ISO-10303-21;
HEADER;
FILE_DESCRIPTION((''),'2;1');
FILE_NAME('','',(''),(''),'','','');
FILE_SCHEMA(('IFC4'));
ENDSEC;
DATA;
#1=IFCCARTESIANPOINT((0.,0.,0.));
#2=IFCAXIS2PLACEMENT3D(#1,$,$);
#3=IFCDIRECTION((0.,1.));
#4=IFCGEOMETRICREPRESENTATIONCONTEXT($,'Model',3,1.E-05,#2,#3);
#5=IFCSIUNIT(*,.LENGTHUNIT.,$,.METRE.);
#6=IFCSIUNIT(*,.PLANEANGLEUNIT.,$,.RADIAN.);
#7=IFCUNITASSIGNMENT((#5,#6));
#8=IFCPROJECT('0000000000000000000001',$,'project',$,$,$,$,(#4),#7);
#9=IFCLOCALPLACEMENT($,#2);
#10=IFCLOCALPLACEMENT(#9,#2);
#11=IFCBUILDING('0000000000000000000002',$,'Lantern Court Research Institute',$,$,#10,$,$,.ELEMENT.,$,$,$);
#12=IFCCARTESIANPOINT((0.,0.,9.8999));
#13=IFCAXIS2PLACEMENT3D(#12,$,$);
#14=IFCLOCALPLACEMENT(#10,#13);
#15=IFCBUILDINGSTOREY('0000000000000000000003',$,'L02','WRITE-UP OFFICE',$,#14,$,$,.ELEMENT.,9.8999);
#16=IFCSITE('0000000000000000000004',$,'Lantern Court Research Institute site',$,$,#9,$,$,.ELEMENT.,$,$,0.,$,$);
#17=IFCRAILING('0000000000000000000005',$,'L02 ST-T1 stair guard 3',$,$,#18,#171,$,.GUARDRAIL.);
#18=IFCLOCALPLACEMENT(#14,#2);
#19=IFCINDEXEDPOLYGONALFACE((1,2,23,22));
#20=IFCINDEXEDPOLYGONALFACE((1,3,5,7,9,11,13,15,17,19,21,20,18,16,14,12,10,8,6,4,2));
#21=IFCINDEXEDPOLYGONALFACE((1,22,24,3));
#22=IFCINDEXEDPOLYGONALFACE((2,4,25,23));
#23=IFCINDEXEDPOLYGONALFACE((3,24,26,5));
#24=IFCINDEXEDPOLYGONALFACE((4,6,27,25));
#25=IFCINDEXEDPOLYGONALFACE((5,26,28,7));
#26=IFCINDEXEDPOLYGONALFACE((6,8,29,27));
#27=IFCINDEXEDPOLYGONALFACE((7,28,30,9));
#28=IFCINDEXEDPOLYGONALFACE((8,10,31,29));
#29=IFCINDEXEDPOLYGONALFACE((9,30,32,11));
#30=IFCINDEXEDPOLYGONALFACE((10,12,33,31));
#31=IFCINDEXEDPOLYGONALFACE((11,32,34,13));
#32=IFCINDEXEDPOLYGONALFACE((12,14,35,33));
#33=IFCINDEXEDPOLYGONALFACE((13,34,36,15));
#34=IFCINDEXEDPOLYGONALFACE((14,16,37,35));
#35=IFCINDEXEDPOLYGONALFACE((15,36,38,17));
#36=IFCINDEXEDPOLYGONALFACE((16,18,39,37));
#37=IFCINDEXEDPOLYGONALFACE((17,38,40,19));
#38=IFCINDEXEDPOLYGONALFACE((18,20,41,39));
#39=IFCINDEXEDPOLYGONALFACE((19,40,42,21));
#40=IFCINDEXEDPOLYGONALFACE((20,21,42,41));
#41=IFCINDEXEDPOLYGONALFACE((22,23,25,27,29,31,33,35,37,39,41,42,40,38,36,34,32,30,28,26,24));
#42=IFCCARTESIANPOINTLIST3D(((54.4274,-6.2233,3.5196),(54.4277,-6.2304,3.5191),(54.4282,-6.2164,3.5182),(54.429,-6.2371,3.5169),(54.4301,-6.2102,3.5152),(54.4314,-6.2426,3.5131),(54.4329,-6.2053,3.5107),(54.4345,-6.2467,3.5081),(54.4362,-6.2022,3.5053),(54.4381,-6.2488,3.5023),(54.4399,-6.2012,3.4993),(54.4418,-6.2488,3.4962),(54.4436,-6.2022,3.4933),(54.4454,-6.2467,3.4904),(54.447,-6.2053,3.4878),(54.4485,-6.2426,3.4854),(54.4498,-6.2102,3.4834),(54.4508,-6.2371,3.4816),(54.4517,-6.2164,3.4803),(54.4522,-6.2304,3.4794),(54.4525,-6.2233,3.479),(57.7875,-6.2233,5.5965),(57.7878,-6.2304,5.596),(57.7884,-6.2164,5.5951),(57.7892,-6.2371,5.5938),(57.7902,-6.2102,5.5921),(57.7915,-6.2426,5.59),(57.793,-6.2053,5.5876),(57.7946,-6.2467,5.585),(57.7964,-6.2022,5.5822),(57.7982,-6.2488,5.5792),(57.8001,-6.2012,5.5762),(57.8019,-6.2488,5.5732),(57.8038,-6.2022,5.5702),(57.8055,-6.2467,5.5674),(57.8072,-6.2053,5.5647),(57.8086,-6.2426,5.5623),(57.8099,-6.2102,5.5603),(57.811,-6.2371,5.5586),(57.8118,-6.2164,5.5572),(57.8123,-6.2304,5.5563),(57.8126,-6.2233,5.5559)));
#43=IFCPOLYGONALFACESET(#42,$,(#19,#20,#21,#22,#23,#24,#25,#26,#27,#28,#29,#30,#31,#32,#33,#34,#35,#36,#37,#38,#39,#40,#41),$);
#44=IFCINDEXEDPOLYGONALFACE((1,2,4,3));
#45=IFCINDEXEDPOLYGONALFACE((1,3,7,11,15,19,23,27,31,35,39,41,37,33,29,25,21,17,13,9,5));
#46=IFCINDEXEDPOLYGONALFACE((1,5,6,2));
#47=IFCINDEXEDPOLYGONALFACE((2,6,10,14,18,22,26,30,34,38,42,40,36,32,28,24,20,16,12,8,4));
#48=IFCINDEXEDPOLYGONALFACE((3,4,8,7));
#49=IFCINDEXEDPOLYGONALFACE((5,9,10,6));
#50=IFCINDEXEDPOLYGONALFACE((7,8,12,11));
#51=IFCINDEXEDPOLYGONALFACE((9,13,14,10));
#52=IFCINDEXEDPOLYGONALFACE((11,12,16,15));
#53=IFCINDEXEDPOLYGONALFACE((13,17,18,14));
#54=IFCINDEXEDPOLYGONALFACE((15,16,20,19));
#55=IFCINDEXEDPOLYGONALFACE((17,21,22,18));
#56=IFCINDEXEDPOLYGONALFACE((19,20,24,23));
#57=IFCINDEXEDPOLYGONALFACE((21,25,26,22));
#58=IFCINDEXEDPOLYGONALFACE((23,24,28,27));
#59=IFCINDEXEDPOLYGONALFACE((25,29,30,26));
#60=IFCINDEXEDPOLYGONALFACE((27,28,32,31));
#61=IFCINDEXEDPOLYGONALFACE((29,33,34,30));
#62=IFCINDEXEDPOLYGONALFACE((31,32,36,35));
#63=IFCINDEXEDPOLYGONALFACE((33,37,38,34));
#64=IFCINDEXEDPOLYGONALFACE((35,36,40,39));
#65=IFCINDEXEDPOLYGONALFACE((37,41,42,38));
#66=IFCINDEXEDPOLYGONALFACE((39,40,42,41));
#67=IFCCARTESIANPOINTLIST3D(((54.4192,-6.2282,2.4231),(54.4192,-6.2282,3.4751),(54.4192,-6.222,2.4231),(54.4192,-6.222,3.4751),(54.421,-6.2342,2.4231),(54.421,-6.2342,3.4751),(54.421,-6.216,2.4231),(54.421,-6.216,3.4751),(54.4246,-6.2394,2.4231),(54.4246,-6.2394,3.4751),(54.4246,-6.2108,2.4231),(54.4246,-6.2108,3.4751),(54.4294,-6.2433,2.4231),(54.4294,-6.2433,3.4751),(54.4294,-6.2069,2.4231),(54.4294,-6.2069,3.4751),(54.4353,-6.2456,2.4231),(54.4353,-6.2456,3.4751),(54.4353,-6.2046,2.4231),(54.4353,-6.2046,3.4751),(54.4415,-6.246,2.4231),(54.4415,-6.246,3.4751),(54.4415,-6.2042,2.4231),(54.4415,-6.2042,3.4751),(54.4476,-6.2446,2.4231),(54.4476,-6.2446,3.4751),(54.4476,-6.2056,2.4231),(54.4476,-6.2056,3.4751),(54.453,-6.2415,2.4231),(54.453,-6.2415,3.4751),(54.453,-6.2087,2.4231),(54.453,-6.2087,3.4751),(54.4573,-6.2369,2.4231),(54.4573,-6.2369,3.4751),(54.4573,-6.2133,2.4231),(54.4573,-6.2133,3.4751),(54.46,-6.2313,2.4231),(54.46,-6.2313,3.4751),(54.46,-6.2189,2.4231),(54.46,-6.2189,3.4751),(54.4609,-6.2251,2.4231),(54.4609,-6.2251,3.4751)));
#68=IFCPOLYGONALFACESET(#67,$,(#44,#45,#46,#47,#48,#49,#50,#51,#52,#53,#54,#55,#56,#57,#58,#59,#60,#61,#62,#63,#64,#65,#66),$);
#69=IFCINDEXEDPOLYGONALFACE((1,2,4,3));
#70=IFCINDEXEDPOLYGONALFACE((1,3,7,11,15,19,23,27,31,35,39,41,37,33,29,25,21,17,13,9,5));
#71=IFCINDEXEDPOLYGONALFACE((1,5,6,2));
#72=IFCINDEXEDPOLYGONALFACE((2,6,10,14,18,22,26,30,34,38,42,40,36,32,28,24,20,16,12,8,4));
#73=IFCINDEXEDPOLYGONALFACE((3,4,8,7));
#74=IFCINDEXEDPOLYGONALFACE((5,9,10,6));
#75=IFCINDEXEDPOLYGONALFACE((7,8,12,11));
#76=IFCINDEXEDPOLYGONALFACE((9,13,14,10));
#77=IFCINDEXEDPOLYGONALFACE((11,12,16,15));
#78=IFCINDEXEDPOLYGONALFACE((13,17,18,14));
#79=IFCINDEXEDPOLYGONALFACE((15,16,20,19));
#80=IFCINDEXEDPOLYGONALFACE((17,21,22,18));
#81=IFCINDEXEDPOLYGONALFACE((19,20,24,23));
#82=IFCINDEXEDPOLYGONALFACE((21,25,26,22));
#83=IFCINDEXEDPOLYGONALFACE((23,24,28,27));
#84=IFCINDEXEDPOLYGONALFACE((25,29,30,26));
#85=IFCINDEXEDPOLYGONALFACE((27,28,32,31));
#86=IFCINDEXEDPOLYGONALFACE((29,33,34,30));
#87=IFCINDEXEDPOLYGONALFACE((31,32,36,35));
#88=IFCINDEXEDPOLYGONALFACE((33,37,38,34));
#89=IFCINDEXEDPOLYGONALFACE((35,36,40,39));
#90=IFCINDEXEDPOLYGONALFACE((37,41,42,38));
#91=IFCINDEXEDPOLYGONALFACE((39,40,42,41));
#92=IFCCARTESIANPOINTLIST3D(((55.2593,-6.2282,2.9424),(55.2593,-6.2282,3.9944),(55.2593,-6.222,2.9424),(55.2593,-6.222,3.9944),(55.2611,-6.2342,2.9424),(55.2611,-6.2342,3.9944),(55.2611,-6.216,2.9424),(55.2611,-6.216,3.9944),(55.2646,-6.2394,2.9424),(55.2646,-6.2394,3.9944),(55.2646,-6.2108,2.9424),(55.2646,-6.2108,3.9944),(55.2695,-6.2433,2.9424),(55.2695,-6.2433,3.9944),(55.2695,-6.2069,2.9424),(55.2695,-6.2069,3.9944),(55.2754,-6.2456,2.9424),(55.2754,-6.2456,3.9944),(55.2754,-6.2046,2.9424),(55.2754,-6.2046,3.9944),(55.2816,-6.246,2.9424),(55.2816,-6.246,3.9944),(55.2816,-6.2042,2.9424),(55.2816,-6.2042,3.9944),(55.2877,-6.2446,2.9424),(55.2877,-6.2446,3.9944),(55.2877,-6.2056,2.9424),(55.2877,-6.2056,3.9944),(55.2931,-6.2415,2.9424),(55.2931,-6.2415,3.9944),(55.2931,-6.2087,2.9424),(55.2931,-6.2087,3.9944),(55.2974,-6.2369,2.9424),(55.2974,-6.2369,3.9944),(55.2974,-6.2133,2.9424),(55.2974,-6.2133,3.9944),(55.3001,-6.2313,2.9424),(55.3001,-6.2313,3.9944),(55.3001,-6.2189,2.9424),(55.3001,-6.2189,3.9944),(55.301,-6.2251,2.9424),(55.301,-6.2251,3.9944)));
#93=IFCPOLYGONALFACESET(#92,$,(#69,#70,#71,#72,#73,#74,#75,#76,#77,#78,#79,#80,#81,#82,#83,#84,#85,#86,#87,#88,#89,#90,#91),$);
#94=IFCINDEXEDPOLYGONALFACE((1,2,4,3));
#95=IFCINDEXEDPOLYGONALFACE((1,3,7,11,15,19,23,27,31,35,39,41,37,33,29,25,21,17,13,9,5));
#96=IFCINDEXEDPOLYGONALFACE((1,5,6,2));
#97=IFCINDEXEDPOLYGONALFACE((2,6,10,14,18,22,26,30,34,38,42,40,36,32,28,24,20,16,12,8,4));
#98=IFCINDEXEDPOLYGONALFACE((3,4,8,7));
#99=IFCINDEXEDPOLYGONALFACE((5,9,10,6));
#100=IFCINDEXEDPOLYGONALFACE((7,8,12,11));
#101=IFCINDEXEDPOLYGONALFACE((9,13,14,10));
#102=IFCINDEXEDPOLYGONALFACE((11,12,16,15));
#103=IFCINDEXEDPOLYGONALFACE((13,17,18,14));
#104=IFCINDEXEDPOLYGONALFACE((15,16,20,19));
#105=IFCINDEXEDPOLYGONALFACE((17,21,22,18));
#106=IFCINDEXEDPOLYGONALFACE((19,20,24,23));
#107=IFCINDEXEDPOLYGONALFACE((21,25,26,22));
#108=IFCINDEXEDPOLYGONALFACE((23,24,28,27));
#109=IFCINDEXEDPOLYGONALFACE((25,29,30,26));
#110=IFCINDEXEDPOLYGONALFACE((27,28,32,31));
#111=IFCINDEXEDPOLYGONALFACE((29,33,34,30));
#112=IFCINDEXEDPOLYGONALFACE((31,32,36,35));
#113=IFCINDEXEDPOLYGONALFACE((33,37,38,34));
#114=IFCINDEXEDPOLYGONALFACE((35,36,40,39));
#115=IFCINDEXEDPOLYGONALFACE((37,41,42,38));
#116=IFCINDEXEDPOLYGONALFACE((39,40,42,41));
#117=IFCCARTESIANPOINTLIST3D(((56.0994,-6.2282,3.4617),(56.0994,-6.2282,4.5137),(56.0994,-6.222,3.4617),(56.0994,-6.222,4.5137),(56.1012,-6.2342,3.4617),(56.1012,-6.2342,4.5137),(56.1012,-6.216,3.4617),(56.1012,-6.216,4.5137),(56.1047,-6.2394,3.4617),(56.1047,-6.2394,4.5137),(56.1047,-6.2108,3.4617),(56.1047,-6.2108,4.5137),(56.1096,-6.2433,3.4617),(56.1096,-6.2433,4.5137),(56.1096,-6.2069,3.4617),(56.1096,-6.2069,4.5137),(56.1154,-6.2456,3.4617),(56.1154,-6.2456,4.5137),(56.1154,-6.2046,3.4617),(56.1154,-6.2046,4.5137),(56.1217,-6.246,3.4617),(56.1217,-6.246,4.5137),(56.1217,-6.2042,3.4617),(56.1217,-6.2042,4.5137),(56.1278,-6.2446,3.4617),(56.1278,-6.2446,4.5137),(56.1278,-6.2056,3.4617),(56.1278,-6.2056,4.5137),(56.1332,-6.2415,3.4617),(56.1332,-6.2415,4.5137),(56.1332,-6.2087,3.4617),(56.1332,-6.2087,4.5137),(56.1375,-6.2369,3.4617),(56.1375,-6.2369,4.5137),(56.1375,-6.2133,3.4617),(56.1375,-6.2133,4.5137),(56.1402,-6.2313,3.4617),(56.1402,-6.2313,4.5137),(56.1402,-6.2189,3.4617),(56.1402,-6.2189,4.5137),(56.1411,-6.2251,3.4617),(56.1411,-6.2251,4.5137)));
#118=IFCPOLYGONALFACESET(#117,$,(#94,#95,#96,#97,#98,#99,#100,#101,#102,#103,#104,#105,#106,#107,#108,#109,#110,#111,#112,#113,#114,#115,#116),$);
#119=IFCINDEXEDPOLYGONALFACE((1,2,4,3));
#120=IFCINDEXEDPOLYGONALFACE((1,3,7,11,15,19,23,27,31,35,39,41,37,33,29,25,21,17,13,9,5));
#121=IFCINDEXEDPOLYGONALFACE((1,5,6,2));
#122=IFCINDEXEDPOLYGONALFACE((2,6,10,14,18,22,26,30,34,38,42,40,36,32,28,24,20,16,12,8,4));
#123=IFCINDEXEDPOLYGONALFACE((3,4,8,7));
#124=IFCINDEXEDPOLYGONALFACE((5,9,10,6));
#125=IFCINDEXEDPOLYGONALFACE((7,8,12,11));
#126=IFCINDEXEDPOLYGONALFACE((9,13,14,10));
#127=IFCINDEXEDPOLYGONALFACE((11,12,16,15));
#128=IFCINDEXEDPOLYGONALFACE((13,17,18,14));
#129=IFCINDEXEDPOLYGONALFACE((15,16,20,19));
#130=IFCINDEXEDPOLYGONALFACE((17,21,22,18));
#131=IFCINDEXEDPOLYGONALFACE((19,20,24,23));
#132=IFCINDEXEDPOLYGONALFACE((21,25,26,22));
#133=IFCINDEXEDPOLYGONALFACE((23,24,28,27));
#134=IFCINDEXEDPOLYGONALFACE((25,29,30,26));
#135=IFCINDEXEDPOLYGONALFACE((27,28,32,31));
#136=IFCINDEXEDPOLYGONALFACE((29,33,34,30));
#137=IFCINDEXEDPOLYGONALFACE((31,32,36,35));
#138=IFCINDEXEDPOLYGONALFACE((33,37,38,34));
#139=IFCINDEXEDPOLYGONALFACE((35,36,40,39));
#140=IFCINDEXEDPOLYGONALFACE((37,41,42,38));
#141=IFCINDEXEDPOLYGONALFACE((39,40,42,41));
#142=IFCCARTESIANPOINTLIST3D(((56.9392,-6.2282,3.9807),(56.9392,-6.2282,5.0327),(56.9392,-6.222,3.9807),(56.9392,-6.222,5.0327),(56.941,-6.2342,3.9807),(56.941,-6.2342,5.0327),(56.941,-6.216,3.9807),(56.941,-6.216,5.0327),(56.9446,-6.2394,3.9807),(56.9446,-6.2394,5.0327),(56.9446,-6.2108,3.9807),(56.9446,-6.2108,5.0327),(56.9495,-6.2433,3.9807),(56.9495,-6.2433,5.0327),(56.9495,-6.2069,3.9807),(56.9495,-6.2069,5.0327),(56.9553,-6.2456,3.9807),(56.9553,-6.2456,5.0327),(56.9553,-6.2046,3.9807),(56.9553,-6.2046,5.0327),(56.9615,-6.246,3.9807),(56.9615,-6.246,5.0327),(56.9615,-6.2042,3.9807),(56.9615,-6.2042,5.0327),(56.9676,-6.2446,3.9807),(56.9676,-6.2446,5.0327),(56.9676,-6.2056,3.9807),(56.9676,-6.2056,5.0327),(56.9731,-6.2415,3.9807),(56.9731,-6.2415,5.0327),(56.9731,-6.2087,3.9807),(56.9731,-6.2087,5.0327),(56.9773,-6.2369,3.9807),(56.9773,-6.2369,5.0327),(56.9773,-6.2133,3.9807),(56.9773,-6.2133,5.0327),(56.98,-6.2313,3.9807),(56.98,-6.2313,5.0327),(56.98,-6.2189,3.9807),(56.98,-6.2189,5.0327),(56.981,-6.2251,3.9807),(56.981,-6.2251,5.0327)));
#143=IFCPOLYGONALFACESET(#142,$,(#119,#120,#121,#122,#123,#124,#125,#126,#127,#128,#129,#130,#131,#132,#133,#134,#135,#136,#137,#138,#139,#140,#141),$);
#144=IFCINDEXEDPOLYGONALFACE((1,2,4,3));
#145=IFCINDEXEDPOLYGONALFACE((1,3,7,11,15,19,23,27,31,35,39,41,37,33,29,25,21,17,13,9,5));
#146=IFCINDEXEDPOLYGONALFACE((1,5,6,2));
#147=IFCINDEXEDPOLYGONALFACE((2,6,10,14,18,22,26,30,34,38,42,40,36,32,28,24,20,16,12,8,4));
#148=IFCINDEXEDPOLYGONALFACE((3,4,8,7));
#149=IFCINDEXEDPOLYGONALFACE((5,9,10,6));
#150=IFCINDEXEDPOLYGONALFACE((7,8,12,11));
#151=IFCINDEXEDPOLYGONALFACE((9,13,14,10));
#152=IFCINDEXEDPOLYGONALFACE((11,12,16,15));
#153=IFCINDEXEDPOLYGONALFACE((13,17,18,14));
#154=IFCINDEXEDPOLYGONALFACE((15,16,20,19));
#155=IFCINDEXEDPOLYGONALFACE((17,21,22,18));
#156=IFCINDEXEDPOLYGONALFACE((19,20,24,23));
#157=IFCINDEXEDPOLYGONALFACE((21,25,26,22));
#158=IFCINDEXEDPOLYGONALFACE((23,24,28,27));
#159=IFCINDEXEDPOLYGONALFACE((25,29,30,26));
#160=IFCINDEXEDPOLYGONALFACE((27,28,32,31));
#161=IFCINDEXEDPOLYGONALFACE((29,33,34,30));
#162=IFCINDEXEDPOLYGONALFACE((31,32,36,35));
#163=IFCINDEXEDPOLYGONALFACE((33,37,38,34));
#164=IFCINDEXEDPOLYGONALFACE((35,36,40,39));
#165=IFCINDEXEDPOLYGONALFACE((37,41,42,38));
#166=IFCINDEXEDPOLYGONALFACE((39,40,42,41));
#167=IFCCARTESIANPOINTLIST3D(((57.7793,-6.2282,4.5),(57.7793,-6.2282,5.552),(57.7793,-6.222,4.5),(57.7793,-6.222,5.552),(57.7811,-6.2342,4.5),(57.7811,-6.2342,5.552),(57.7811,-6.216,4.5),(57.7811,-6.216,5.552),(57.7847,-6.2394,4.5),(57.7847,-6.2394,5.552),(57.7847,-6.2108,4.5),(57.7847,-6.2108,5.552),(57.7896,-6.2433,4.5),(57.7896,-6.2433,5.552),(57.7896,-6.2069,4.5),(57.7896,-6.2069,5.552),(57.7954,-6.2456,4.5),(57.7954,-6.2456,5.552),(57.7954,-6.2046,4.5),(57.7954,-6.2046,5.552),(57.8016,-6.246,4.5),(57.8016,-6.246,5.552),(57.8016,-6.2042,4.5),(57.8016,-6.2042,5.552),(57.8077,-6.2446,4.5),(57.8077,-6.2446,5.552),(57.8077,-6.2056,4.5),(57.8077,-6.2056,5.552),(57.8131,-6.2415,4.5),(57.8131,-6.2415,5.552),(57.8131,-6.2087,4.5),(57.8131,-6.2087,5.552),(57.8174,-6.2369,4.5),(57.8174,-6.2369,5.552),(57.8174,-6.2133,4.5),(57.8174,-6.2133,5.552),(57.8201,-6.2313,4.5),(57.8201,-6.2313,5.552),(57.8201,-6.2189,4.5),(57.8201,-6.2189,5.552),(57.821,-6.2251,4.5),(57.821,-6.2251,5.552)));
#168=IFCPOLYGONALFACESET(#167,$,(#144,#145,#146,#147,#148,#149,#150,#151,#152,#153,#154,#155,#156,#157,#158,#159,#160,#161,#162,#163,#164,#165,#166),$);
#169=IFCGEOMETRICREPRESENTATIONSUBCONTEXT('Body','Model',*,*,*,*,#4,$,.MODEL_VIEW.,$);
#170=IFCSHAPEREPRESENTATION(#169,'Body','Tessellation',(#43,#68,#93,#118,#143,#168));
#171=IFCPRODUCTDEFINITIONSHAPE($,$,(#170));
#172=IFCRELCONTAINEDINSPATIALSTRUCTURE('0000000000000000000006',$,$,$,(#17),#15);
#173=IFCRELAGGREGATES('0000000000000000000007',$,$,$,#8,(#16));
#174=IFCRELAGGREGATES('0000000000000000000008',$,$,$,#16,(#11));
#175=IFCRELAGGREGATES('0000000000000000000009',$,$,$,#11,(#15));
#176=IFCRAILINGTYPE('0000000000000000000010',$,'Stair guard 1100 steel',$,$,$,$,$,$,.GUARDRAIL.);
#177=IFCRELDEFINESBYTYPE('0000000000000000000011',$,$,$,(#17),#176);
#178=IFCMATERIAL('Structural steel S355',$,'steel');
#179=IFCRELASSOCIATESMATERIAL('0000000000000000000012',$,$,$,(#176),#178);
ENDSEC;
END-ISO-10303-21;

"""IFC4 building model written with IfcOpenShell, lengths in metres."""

from ifc_helpers import new_model, si_unit, direction, frame, origin, origin_2d, place, context, subcontext, project, spatial, circle, extrude, material, type_object, element, save


model = new_model("IFC4")

# Units and contexts
model_context = context("Model", 3, precision=1e-05, world=origin(), true_north=direction((0.0, 1.0)))
body_context = subcontext(model_context, "Body", "Model", "MODEL_VIEW")
ifc_project = project(units=[si_unit("LENGTHUNIT", "METRE"), si_unit("PLANEANGLEUNIT", "RADIAN")], contexts=[model_context])

# Site, building, storey
site_placement = place(None, origin())
site = spatial("IfcSite", under=ifc_project, at=site_placement, Name="Lantern Court Research Institute site", CompositionType="ELEMENT", RefElevation=0.0)
building_placement = place(site_placement, origin())
building = spatial("IfcBuilding", under=site, at=building_placement, Name="Lantern Court Research Institute", CompositionType="ELEMENT")
storey_placement = place(building_placement, frame((0.0, 0.0, 9.8999)))
storey = spatial("IfcBuildingStorey", under=building, at=storey_placement, Name="L02", Description="WRITE-UP OFFICE", CompositionType="ELEMENT", Elevation=9.8999)

# Railing
ifc_material_1 = material(Name="Structural steel S355", Category="steel")
railing_type_1 = type_object("IfcRailingType", Name="Stair guard 1100 steel", PredefinedType="GUARDRAIL", material=ifc_material_1)
railing_1_placement = place(storey_placement, frame((54.4399, -6.2251, 2.4231)))
element("IfcRailing", 1, at=railing_1_placement, inside=storey, type_object=railing_type_1, Name="L02 ST-T1 stair guard 3", PredefinedType="GUARDRAIL", context=body_context, shape_type="SweptSolid", body=[
    extrude(circle(Radius=0.0239, at=origin_2d()), frame((0.0, 0.0, 1.0762), z_axis=(0.850623, 0.0, 0.525776), x_axis=(0.0, 1.0, 0.0)), (0.0, 0.0, 1.0), 3.9502),
    extrude(circle(Radius=0.021, at=origin_2d()), origin(), (0.0, 0.0, 1.0), 1.052),
    extrude(circle(Radius=0.021, at=origin_2d()), frame((0.8401, 0.0, 0.5193)), (0.0, 0.0, 1.0), 1.052),
    extrude(circle(Radius=0.021, at=origin_2d()), frame((1.6802, 0.0, 1.0386)), (0.0, 0.0, 1.0), 1.052),
    extrude(circle(Radius=0.021, at=origin_2d()), frame((2.52, 0.0, 1.5576)), (0.0, 0.0, 1.0), 1.052),
    extrude(circle(Radius=0.021, at=origin_2d()), frame((3.3601, 0.0, 2.0769)), (0.0, 0.0, 1.0), 1.052),
])

save(model, "model.ifc")
